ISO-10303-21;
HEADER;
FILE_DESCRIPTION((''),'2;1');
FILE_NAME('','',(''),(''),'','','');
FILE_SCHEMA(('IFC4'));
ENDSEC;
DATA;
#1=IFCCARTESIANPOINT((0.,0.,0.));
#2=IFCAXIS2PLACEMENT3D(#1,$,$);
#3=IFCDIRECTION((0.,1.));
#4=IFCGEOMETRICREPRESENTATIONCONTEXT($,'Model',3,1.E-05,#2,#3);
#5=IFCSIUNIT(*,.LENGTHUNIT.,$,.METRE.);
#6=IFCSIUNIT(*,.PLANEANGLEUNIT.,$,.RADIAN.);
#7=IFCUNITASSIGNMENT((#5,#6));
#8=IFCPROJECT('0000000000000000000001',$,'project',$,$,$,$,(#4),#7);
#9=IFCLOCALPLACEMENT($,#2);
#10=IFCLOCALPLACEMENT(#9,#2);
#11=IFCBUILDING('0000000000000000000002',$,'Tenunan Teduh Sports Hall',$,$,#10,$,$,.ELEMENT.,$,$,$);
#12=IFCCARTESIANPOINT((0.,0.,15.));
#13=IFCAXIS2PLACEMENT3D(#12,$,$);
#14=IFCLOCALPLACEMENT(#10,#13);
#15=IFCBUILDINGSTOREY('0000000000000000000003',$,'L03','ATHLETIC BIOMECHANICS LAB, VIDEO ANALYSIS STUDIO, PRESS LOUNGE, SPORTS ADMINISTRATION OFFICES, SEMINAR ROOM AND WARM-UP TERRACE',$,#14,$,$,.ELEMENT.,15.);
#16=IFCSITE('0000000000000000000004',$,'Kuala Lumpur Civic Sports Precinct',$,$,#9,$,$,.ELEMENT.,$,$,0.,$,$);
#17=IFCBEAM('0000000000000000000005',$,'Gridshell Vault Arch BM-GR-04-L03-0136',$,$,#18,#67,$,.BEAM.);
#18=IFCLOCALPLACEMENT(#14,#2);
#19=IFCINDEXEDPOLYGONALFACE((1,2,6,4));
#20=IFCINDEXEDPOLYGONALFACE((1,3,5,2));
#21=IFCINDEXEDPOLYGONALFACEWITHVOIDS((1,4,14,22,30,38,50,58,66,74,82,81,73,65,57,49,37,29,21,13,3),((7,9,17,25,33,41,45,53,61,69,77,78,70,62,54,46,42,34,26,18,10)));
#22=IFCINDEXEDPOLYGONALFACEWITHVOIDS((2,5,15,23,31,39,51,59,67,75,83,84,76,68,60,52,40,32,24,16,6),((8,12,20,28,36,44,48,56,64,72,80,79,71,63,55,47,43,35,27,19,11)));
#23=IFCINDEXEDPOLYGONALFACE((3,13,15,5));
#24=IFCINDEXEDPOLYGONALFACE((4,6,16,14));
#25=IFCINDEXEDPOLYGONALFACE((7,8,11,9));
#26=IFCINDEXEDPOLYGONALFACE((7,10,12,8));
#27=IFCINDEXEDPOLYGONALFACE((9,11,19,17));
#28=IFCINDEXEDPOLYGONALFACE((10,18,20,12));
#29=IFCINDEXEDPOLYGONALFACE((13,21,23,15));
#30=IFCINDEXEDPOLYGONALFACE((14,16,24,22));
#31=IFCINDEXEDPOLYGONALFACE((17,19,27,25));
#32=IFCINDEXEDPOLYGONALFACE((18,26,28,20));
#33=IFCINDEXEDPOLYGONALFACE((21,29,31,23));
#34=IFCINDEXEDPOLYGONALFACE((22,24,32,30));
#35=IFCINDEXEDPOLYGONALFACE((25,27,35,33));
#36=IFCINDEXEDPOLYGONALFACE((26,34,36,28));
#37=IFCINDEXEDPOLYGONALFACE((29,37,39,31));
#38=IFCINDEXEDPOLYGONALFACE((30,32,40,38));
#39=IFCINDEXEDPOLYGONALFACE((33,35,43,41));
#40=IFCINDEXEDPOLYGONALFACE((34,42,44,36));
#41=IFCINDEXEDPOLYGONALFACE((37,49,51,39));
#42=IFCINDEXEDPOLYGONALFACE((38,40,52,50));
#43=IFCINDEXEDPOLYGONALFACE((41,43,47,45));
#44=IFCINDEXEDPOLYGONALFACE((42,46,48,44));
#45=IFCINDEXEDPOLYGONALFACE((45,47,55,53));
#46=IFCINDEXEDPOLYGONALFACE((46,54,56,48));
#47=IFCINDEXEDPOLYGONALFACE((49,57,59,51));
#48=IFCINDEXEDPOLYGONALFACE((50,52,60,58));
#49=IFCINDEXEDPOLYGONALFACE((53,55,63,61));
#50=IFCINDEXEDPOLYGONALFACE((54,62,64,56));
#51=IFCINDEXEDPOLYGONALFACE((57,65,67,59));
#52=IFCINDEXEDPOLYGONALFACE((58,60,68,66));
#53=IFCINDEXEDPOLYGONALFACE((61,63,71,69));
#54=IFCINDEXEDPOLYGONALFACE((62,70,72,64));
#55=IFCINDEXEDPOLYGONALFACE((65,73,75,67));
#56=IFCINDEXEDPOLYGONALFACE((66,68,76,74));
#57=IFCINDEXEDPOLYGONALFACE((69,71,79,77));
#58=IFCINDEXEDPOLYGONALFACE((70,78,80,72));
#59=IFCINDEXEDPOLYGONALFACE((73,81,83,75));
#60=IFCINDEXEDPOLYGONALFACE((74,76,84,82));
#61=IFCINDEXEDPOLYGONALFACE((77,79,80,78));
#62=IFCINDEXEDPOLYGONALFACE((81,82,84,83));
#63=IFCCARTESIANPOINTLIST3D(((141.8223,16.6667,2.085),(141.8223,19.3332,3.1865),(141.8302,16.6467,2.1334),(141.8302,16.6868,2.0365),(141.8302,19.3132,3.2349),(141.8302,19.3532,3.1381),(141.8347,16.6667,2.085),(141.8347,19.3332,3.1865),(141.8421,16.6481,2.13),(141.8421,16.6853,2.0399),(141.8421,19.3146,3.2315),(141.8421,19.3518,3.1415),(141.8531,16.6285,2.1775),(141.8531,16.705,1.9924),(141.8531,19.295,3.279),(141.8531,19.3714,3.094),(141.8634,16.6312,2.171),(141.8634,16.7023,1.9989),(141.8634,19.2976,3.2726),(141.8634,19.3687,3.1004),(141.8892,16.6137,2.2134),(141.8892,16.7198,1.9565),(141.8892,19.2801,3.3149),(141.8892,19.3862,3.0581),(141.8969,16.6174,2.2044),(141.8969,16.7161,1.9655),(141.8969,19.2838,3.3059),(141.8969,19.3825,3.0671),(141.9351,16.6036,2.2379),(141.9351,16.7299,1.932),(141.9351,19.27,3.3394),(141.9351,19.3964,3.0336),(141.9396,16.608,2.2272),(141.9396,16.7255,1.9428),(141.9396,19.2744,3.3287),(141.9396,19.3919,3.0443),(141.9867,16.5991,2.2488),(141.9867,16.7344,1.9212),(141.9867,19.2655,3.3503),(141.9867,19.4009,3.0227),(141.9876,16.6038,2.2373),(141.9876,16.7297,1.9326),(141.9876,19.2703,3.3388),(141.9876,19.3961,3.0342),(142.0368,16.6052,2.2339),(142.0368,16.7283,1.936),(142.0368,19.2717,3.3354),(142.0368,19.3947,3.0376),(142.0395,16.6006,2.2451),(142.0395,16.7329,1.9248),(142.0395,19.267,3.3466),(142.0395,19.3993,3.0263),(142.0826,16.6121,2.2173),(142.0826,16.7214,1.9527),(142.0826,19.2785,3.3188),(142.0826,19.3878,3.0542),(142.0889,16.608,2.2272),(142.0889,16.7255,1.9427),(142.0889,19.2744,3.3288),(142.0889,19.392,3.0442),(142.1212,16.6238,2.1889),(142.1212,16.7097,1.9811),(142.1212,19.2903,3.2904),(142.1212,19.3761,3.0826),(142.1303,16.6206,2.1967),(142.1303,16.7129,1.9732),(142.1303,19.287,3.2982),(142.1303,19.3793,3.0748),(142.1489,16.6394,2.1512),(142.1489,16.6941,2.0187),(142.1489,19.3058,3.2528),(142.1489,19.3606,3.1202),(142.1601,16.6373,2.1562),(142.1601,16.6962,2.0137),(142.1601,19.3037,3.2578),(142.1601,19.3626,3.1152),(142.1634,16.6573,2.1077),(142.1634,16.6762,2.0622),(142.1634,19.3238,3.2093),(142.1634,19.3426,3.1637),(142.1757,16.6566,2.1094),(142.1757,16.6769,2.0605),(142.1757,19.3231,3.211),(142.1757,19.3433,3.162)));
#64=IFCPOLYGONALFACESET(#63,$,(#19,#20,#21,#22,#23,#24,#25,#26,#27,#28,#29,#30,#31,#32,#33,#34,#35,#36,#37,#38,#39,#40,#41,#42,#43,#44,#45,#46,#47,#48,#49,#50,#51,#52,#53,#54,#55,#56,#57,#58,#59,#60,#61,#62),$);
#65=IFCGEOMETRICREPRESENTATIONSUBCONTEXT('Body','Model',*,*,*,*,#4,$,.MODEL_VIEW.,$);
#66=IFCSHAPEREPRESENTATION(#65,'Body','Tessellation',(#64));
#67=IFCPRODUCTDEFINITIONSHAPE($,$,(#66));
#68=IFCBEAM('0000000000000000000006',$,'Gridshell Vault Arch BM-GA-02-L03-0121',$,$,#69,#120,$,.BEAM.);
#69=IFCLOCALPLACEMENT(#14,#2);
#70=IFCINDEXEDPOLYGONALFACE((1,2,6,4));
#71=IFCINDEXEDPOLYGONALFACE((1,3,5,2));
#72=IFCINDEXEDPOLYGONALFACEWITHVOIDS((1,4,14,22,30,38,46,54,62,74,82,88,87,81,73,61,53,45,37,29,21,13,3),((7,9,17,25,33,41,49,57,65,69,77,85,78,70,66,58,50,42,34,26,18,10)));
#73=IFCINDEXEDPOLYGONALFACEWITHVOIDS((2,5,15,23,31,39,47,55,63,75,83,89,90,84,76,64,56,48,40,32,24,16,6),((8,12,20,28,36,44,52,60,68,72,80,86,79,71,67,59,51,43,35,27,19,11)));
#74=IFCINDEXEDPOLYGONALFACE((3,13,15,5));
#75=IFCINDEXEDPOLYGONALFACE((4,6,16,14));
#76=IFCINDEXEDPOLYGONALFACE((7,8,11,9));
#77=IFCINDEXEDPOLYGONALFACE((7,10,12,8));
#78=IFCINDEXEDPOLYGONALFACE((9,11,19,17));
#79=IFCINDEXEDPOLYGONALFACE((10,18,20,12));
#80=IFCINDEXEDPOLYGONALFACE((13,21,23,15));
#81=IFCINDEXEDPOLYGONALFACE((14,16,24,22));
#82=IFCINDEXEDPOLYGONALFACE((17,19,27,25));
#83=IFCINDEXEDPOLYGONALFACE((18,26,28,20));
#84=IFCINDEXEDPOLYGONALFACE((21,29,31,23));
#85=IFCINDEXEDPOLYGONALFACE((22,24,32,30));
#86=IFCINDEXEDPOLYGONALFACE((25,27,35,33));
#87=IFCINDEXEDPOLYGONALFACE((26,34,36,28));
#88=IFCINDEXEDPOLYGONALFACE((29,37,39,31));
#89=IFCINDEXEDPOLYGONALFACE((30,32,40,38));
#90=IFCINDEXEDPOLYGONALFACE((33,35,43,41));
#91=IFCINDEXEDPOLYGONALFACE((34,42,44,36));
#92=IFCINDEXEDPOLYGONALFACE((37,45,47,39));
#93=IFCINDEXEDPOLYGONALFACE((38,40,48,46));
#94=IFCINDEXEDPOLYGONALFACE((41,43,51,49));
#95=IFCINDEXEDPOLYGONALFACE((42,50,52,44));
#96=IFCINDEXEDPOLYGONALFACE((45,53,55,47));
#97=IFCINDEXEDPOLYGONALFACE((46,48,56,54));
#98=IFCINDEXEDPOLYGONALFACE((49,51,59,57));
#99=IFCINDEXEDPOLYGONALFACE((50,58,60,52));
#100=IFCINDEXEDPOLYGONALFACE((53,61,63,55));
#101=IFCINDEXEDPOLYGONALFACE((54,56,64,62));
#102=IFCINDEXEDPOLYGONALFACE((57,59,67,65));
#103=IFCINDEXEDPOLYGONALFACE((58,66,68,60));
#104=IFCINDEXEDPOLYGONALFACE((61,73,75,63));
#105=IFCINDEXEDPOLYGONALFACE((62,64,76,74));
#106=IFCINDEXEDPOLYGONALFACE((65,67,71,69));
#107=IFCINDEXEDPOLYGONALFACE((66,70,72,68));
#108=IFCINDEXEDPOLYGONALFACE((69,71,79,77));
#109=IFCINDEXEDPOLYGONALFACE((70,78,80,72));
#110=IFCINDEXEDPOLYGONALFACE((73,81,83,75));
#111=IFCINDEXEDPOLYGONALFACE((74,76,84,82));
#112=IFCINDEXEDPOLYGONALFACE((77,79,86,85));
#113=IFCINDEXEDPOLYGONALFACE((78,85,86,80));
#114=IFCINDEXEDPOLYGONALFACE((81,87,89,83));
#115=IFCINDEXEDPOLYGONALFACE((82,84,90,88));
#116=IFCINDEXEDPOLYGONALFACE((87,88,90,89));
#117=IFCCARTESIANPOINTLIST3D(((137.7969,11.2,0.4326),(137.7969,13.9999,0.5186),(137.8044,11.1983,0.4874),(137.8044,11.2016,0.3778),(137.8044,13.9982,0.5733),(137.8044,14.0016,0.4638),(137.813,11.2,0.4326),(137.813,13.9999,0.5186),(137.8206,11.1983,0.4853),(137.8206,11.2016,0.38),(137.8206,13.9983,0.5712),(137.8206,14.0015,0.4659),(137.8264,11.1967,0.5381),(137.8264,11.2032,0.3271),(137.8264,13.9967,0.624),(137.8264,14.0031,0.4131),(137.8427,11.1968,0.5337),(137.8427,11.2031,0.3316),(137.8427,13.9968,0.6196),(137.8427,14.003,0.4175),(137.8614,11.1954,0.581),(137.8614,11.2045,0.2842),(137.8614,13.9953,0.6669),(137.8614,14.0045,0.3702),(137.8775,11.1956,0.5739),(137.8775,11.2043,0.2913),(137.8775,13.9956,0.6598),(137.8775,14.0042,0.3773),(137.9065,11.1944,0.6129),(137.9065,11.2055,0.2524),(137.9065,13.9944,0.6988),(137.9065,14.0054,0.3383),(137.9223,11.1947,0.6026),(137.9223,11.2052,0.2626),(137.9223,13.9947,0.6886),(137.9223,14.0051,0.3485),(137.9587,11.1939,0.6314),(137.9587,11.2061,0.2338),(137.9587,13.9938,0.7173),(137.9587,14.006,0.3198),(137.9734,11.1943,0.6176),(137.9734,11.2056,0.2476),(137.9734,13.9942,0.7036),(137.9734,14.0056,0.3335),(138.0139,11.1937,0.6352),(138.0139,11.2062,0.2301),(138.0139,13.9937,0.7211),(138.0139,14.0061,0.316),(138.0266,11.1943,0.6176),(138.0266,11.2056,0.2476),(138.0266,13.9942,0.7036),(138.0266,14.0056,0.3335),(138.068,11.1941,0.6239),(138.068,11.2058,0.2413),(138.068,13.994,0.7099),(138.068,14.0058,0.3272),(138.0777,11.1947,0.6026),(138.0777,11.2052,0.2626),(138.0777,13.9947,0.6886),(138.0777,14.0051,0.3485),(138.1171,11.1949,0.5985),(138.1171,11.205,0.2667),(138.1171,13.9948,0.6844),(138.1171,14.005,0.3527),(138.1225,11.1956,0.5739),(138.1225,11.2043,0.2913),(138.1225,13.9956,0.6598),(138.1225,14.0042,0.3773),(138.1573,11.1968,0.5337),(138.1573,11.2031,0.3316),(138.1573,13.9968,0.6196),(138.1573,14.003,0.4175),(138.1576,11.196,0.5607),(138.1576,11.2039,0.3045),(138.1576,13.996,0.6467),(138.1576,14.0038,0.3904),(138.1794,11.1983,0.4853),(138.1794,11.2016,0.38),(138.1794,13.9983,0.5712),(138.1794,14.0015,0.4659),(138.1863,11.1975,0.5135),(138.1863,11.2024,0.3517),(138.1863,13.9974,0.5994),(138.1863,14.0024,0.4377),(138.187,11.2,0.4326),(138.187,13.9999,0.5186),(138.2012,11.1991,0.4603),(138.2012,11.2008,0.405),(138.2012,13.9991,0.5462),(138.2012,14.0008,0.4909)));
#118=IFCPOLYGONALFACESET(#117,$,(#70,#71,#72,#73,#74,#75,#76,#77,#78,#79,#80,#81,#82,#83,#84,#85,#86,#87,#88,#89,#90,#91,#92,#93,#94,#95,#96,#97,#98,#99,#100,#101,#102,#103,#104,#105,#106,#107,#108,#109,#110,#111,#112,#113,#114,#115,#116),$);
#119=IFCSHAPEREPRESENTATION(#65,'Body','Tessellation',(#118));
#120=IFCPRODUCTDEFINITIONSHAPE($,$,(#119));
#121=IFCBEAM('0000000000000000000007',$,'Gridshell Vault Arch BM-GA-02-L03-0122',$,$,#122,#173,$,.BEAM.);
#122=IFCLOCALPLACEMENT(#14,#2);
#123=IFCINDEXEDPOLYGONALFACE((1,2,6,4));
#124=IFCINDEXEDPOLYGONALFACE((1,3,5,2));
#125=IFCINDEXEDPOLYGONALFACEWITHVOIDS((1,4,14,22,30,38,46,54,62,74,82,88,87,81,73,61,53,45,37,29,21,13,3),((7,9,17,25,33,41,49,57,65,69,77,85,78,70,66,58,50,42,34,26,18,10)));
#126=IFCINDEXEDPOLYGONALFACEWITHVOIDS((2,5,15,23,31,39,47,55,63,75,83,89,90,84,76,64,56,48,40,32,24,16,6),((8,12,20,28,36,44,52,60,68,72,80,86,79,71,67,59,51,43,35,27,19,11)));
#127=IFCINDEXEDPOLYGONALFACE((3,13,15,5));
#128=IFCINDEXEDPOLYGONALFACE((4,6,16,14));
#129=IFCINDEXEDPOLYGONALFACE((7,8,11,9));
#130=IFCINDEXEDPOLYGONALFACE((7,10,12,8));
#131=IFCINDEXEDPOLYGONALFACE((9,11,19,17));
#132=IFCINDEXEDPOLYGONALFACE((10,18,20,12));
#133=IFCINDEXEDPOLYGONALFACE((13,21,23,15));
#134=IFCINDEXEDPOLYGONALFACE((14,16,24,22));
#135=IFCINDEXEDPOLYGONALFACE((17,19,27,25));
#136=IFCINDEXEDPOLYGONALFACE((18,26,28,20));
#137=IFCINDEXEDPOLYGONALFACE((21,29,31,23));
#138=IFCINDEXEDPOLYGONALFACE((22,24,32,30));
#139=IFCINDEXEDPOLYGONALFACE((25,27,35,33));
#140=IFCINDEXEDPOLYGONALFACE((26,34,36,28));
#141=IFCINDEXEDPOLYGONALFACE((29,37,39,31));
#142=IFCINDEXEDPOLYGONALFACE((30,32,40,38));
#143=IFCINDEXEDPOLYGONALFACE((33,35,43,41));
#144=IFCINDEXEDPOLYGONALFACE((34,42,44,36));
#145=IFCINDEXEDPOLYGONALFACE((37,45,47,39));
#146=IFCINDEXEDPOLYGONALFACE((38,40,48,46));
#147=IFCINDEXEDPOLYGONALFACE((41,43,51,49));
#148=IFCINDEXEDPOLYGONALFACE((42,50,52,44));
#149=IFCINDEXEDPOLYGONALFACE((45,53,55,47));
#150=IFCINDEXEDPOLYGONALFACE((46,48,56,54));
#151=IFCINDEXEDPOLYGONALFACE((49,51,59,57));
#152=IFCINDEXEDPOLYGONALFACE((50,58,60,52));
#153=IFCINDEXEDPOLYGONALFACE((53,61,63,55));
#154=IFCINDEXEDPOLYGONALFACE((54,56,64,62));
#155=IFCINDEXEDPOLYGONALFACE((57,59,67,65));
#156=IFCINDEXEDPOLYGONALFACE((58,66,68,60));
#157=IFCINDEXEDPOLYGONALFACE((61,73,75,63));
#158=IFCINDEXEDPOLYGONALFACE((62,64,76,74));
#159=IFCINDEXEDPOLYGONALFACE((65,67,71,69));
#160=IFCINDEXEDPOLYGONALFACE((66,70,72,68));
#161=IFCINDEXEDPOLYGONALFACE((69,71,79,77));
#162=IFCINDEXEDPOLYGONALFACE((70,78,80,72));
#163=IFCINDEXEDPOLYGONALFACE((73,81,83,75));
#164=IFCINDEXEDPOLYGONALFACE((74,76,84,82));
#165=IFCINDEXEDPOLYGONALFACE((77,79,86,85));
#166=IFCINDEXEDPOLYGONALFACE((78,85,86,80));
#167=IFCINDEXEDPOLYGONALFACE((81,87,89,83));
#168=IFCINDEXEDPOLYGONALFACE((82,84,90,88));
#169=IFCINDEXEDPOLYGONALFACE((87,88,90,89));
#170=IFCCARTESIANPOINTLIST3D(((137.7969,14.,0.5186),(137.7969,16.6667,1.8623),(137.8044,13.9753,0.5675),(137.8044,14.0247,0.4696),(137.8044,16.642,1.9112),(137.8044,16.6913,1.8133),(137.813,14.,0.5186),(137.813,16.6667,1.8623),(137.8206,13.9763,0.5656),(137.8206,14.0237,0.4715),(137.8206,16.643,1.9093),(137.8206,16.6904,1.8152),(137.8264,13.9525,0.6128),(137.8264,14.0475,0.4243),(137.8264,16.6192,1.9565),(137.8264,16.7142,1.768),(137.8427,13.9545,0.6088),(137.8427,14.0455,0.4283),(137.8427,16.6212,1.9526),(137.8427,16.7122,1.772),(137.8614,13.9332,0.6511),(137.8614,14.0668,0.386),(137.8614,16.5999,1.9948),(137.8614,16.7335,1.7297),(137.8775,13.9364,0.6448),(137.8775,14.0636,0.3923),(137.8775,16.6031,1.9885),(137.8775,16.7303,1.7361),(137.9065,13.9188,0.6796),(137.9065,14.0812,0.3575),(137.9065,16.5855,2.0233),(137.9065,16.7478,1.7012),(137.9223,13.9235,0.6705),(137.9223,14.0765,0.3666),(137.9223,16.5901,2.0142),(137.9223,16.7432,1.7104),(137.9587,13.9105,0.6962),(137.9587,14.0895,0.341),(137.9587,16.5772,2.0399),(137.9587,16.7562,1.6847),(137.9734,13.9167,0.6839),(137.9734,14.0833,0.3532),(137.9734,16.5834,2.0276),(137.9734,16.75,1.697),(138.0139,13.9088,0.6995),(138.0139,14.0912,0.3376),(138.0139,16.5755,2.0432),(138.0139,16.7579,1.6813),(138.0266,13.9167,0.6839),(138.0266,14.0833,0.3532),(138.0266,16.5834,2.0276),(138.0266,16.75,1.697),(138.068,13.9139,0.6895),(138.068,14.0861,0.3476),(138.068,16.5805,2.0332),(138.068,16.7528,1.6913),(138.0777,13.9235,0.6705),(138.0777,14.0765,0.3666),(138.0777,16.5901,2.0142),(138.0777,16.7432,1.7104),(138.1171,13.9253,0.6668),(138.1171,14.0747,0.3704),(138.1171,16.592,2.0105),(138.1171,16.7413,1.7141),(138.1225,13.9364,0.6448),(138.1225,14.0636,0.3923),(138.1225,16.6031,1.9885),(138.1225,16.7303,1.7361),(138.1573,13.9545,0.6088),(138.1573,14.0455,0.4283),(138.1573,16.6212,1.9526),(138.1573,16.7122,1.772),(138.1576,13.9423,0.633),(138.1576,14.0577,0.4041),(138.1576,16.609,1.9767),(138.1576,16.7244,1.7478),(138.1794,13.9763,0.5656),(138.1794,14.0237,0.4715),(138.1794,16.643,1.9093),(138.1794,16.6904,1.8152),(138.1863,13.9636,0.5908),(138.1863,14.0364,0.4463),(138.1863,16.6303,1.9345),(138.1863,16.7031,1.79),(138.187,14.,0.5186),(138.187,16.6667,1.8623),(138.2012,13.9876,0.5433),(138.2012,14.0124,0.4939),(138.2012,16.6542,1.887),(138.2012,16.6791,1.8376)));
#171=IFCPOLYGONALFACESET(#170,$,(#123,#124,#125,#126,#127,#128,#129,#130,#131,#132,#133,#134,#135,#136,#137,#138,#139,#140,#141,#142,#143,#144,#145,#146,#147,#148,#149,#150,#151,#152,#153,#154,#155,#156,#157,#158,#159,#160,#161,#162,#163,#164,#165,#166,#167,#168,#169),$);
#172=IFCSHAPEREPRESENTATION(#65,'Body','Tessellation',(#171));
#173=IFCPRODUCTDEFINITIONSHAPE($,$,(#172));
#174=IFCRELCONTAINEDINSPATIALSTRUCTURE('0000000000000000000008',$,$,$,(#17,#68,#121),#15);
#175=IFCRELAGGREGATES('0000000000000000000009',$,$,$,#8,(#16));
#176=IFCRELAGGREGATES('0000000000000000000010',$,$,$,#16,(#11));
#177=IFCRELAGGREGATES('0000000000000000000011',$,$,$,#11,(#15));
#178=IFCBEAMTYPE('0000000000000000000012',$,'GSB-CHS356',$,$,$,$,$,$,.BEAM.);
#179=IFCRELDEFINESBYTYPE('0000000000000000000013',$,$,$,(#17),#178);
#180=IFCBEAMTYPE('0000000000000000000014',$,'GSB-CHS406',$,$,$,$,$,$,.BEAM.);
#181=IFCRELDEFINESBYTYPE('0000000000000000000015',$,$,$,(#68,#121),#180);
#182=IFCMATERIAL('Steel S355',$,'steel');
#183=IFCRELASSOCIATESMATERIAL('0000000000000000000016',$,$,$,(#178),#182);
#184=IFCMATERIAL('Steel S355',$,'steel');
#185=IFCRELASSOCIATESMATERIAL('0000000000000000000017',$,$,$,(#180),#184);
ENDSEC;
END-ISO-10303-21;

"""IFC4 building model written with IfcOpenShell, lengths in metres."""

from ifc_helpers import new_model, si_unit, direction, frame, origin, origin_2d, place, context, subcontext, project, spatial, hollow_circle, extrude, material, material_profile, profile_set, type_object, element, save


model = new_model("IFC4")

# Units and contexts
model_context = context("Model", 3, precision=1e-05, world=origin(), true_north=direction((0.0, 1.0)))
body_context = subcontext(model_context, "Body", "Model", "MODEL_VIEW")
ifc_project = project(units=[si_unit("LENGTHUNIT", "METRE"), si_unit("PLANEANGLEUNIT", "RADIAN")], contexts=[model_context])

# Site, building, storey
site_placement = place(None, origin())
site = spatial("IfcSite", under=ifc_project, at=site_placement, Name="Kuala Lumpur Civic Sports Precinct", CompositionType="ELEMENT", RefElevation=0.0)
building_placement = place(site_placement, origin())
building = spatial("IfcBuilding", under=site, at=building_placement, Name="Tenunan Teduh Sports Hall", CompositionType="ELEMENT")
storey_placement = place(building_placement, frame((0.0, 0.0, 15.0)))
storey = spatial("IfcBuildingStorey", under=building, at=storey_placement, Name="L03", Description="ATHLETIC BIOMECHANICS LAB, VIDEO ANALYSIS STUDIO, PRESS LOUNGE, SPORTS ADMINISTRATION OFFICES, SEMINAR ROOM AND WARM-UP TERRACE", CompositionType="ELEMENT", Elevation=15.0)

# Beams
ifc_material_1 = material(Name="Steel S355", Category="steel")
ifc_material_profile_1 = material_profile(ifc_material_1, hollow_circle(Radius=0.1777, WallThickness=0.0125, at=origin_2d()), Name="CHS 355.6x12.5")
ifc_profile_set_1 = profile_set([ifc_material_profile_1], Name="Steel S355")
beam_type_1 = type_object("IfcBeamType", Name="GSB-CHS356", PredefinedType="BEAM", material=ifc_profile_set_1)
beam_1_placement = place(storey_placement, frame((142.0, 16.6667, 2.085), z_axis=(0.0, 0.924239, 0.381814), x_axis=(-1.0, 0.0, 0.0)))
element("IfcBeam", 1, at=beam_1_placement, inside=storey, type_object=beam_type_1, Name="Gridshell Vault Arch BM-GR-04-L03-0136", PredefinedType="BEAM", context=body_context, shape_type="SweptSolid", body=[
    extrude(hollow_circle(Radius=0.1777, WallThickness=0.0125, at=origin_2d()), origin(), (0.0, 0.0, 1.0), 2.885),
])
ifc_material_2 = material(Name="Steel S355", Category="steel")
ifc_material_profile_2 = material_profile(ifc_material_2, hollow_circle(Radius=0.2031, WallThickness=0.0161, at=origin_2d()), Name="CHS 406.4x16.0")
ifc_profile_set_2 = profile_set([ifc_material_profile_2], Name="Steel S355")
beam_type_2 = type_object("IfcBeamType", Name="GSB-CHS406", PredefinedType="BEAM", material=ifc_profile_set_2)
beam_2_placement = place(storey_placement, frame((138.0, 11.2, 0.4326), z_axis=(0.0, 0.999529, 0.030677), x_axis=(-1.0, 0.0, 0.0)))
element("IfcBeam", 2, at=beam_2_placement, inside=storey, type_object=beam_type_2, Name="Gridshell Vault Arch BM-GA-02-L03-0121", PredefinedType="BEAM", context=body_context, shape_type="SweptSolid", body=[
    extrude(hollow_circle(Radius=0.2031, WallThickness=0.0161, at=origin_2d()), origin(), (0.0, 0.0, 1.0), 2.8013),
])
beam_3_placement = place(storey_placement, frame((138.0, 14.0, 0.5186), z_axis=(0.0, 0.893033, 0.449991), x_axis=(-1.0, 0.0, 0.0)))
element("IfcBeam", 3, at=beam_3_placement, inside=storey, type_object=beam_type_2, Name="Gridshell Vault Arch BM-GA-02-L03-0122", PredefinedType="BEAM", context=body_context, shape_type="SweptSolid", body=[
    extrude(hollow_circle(Radius=0.2031, WallThickness=0.0161, at=origin_2d()), origin(), (0.0, 0.0, 1.0), 2.9861),
])

save(model, "model.ifc")
